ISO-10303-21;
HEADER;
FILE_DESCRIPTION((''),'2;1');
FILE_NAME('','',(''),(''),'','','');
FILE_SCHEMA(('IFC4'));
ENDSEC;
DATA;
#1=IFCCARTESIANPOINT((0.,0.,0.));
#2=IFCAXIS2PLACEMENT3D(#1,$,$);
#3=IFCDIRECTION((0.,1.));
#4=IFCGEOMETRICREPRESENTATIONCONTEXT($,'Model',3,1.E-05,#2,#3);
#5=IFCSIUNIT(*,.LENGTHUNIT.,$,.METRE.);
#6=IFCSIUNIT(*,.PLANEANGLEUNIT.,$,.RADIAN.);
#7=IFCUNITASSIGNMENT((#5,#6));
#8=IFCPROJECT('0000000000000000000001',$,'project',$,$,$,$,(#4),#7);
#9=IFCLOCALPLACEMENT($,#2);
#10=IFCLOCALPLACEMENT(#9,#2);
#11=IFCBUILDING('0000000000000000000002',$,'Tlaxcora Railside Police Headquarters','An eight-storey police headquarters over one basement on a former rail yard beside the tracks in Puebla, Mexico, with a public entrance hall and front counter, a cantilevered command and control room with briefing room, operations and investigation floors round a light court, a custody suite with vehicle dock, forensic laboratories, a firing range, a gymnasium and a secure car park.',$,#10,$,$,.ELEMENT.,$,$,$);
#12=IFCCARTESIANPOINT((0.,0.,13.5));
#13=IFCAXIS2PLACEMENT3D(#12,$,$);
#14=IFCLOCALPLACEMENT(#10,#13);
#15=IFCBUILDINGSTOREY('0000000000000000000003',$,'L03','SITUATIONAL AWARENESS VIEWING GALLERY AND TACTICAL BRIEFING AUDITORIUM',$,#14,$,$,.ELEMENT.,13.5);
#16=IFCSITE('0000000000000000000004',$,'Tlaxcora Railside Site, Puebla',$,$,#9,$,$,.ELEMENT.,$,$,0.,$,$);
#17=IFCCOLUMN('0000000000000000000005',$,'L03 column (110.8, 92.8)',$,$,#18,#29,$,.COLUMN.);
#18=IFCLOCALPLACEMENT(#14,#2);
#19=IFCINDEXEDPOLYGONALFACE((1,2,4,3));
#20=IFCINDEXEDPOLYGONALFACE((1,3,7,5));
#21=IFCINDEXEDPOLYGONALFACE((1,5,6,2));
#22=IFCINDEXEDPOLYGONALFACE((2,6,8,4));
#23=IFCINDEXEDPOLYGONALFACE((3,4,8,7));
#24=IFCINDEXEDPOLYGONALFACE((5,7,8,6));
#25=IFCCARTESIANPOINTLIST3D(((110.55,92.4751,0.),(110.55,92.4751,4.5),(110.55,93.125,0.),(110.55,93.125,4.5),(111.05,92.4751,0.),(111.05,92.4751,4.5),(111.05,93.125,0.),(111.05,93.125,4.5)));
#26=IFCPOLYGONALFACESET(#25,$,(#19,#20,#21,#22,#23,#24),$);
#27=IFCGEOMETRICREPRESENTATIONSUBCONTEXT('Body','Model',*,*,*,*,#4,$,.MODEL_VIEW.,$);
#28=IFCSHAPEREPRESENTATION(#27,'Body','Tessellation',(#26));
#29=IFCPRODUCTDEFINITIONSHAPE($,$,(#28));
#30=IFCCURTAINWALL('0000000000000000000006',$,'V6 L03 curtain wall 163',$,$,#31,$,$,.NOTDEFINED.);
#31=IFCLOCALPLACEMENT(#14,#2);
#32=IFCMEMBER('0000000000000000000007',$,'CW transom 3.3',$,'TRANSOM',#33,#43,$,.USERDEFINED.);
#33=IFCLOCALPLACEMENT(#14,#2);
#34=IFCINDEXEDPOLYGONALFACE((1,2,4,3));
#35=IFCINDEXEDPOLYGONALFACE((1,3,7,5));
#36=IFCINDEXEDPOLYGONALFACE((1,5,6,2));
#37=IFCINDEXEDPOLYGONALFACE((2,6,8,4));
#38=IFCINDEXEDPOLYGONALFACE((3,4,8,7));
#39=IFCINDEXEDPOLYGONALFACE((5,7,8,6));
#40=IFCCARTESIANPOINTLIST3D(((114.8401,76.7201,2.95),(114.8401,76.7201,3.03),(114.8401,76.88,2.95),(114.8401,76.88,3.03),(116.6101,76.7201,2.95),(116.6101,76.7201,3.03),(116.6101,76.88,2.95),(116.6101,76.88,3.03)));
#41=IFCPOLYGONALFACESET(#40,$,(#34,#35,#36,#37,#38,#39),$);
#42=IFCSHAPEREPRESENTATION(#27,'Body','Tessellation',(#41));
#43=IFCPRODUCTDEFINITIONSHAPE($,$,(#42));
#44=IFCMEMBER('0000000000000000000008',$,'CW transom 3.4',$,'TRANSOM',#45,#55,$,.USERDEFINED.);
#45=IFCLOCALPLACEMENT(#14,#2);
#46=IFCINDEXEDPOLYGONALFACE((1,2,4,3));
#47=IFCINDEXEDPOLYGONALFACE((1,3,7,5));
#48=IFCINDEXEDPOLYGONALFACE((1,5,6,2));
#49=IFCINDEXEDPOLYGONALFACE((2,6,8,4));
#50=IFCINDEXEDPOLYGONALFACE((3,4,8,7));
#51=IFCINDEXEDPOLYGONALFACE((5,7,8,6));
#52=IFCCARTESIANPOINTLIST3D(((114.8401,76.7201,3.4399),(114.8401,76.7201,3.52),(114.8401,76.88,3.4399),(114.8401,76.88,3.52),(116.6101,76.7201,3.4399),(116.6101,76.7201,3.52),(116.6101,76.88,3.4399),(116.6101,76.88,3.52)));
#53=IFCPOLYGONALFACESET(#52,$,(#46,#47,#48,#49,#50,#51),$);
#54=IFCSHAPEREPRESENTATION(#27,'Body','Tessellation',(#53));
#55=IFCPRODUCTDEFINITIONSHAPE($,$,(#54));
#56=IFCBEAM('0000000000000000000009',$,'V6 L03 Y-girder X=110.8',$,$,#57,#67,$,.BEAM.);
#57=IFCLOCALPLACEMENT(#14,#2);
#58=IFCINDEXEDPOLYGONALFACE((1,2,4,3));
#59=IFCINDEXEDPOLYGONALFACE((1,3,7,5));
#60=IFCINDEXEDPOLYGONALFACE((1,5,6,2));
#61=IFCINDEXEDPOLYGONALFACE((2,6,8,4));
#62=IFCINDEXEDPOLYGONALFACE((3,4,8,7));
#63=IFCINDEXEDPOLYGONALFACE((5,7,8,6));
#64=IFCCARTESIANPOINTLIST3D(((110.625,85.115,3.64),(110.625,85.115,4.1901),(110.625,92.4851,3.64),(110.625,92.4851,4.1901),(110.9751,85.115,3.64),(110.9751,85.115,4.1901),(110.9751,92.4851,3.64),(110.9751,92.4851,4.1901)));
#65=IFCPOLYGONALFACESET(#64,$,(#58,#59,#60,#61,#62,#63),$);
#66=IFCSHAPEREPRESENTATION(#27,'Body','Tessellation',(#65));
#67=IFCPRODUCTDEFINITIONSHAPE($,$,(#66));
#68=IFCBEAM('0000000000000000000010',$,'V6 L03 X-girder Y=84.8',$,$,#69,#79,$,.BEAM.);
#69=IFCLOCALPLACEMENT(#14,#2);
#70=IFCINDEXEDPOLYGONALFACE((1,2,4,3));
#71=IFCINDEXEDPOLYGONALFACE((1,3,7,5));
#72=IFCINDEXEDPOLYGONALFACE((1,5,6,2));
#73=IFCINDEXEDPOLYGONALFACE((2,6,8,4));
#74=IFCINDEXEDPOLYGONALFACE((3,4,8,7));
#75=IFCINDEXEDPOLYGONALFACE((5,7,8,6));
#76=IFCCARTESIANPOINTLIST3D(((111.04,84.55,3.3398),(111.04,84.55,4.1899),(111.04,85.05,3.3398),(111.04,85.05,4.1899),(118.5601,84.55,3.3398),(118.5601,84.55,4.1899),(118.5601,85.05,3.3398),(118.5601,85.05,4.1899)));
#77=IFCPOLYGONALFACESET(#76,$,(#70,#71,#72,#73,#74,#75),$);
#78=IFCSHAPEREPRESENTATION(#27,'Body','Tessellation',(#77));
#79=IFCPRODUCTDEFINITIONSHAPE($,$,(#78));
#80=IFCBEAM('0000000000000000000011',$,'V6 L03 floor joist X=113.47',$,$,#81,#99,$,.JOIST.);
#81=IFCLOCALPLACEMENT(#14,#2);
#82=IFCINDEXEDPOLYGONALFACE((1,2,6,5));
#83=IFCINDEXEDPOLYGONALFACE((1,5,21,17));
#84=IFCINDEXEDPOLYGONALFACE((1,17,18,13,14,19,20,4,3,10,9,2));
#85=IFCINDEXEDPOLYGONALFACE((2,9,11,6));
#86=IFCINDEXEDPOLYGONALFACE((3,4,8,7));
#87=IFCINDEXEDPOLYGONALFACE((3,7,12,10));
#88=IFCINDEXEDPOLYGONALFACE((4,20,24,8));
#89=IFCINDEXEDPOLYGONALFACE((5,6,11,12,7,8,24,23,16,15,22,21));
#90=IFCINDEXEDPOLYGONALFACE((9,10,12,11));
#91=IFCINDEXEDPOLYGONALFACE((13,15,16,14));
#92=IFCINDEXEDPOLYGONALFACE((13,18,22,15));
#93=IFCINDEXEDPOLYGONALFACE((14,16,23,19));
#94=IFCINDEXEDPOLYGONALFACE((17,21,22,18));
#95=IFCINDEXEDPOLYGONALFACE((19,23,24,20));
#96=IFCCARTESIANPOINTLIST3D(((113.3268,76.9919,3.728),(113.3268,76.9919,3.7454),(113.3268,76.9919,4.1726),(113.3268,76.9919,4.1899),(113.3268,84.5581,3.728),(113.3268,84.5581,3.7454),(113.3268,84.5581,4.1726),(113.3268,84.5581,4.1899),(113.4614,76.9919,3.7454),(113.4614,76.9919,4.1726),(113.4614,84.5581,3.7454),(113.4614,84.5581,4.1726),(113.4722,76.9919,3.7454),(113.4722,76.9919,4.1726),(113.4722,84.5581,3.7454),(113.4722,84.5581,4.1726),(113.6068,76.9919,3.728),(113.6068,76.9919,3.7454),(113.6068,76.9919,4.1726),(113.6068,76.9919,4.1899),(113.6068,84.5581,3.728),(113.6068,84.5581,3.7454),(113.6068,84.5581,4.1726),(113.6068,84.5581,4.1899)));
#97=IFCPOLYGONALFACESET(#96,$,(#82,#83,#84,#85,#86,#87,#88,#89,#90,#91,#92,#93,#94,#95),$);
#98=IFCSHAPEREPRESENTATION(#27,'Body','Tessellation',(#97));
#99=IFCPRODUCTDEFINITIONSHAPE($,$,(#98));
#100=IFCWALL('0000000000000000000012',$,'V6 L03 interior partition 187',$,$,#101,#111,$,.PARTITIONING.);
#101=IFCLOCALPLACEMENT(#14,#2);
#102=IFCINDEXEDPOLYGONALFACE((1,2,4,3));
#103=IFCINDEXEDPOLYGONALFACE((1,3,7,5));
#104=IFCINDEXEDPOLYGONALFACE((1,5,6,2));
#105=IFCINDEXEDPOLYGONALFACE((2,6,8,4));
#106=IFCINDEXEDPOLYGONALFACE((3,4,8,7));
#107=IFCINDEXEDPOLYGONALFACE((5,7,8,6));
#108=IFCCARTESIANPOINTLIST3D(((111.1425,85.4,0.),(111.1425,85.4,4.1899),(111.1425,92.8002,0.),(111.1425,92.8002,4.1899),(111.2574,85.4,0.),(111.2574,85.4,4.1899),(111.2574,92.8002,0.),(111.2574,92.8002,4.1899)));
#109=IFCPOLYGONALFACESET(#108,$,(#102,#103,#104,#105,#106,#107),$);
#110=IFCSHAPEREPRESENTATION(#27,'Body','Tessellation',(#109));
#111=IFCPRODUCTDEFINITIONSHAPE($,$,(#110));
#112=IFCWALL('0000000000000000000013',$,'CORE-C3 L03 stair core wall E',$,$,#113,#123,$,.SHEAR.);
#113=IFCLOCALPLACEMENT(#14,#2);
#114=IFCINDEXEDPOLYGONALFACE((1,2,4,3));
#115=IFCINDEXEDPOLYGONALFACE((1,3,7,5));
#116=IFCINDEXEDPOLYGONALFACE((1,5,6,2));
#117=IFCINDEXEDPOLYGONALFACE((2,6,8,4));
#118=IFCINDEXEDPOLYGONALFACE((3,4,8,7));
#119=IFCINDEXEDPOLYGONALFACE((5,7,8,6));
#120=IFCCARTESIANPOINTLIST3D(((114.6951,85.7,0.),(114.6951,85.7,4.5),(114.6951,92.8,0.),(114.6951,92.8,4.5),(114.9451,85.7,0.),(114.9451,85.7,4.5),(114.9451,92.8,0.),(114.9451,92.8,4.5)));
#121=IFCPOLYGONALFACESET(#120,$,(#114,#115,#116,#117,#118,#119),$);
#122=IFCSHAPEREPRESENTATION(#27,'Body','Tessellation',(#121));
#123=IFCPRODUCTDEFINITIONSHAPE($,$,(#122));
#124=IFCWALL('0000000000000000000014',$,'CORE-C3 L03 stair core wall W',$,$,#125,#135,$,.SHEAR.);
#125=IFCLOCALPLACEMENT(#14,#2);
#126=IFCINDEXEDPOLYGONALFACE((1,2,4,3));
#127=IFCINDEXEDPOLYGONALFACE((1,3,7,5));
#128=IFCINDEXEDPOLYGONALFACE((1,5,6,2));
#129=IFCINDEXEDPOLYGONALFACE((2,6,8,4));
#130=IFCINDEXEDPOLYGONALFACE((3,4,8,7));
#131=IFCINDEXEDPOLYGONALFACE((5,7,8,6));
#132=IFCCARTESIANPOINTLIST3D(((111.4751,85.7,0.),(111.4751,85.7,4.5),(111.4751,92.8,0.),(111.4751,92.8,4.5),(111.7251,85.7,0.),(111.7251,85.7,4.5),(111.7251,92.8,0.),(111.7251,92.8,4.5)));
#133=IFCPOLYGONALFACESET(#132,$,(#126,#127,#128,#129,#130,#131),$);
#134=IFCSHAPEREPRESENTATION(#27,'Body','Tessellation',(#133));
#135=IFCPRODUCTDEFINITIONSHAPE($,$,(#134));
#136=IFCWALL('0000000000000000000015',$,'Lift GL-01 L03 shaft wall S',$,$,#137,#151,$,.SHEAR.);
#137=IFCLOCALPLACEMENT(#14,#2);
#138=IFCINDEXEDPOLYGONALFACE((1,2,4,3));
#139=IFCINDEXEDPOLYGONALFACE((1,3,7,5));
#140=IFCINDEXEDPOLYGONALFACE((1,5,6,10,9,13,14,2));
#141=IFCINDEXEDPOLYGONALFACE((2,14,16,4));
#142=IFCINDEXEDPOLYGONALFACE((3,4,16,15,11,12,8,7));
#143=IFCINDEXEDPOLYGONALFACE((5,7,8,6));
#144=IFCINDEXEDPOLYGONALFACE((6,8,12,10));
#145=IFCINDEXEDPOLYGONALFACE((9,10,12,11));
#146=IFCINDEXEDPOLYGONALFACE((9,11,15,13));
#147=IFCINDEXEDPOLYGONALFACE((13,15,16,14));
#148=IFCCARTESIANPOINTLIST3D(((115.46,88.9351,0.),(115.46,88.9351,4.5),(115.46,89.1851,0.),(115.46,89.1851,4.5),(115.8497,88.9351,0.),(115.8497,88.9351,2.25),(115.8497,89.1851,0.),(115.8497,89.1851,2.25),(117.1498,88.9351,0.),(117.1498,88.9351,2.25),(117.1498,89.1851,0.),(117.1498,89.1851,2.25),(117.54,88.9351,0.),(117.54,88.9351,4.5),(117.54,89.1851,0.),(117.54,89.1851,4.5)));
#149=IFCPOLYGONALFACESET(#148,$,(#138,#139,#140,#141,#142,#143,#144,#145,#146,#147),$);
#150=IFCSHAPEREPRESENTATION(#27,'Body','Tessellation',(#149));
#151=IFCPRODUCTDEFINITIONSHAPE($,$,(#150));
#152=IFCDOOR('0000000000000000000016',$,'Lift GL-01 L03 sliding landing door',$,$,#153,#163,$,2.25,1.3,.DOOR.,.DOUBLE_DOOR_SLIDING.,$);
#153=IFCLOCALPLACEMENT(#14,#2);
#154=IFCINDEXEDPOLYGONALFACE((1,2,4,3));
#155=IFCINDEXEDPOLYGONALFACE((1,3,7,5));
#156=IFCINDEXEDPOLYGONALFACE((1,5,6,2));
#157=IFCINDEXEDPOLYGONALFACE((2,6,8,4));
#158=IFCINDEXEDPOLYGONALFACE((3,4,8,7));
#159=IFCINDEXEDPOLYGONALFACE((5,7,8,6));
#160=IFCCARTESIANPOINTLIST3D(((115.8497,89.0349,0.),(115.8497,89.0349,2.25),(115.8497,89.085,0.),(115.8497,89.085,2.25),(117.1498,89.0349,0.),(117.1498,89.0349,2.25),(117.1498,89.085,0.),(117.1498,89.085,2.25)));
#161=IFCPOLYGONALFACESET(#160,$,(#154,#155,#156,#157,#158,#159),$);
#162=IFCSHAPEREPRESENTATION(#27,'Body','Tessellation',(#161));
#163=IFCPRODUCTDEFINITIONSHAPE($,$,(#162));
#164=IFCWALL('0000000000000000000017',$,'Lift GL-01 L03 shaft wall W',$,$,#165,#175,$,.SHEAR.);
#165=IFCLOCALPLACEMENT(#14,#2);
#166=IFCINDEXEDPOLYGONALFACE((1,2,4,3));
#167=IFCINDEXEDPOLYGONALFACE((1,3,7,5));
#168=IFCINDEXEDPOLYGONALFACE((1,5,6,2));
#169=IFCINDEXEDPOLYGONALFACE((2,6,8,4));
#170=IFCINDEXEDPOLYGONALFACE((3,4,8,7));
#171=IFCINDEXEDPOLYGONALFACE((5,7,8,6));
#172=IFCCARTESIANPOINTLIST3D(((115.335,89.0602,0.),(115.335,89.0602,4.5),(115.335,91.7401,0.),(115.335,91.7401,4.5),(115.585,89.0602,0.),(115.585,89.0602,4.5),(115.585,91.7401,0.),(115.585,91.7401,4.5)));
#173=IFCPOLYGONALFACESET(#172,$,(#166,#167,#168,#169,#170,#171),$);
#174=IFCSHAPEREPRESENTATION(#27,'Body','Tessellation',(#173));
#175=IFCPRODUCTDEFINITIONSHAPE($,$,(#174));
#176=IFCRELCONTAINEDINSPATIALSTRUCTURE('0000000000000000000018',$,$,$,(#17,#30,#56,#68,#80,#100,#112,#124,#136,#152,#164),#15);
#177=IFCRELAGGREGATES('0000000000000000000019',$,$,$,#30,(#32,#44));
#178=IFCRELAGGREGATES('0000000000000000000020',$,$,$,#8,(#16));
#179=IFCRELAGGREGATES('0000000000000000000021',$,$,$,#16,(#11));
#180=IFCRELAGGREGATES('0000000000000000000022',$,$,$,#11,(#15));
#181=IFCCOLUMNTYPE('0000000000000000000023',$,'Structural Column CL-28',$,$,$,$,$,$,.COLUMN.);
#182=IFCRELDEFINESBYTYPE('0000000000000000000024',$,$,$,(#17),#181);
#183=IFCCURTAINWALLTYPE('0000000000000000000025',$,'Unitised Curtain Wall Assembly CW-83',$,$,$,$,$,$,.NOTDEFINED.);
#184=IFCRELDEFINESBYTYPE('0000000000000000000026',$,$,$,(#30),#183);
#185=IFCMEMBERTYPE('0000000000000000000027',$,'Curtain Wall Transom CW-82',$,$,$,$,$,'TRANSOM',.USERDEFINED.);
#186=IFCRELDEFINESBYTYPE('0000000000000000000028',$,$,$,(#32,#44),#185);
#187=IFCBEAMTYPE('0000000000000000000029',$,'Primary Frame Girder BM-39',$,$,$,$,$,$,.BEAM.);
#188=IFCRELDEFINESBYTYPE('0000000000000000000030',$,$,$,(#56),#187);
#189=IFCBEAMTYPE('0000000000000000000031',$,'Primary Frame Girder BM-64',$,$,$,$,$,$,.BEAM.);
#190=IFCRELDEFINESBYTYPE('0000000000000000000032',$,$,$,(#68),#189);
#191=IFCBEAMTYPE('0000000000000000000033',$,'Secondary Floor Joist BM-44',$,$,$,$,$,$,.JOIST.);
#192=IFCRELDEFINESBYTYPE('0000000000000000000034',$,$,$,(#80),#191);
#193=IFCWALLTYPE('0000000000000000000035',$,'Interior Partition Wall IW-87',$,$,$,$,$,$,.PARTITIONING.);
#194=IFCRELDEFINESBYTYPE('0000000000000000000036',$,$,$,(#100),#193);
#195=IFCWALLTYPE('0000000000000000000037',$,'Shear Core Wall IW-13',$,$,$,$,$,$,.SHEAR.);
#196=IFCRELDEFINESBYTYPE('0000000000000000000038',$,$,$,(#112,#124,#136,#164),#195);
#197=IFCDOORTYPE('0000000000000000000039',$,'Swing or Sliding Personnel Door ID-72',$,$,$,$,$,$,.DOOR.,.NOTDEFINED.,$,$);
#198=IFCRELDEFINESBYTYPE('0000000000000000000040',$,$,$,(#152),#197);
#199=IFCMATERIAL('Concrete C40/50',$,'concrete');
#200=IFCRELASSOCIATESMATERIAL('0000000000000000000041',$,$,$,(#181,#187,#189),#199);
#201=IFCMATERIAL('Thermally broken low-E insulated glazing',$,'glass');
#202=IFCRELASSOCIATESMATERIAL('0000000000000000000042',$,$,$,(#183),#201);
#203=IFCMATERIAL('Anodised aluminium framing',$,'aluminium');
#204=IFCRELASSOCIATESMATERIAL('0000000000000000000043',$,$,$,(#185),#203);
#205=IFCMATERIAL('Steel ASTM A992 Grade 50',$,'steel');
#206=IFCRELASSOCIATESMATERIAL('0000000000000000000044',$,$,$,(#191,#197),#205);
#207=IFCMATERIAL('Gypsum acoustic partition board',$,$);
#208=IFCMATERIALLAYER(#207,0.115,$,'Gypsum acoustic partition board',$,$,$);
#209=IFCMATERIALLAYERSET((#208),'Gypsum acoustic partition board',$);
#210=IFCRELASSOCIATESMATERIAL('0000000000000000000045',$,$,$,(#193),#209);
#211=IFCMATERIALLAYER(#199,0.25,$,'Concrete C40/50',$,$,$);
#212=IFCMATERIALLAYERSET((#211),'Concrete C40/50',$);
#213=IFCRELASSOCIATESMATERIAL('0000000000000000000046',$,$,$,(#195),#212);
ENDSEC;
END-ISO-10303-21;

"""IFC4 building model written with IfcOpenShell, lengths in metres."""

from ifc_helpers import new_model, si_unit, direction, frame, frame_2d, origin, origin_2d, place, context, subcontext, project, spatial, rectangle, i_section, extrude, material, layer, layer_set, material_profile, profile_set, type_object, element, fill, aggregate, save


model = new_model("IFC4")

# Units and contexts
model_context = context("Model", 3, precision=1e-05, world=origin(), true_north=direction((0.0, 1.0)))
body_context = subcontext(model_context, "Body", "Model", "MODEL_VIEW")
ifc_project = project(units=[si_unit("LENGTHUNIT", "METRE"), si_unit("PLANEANGLEUNIT", "RADIAN")], contexts=[model_context])

# Site, building, storey
site_placement = place(None, origin())
site = spatial("IfcSite", under=ifc_project, at=site_placement, Name="Tlaxcora Railside Site, Puebla", CompositionType="ELEMENT", RefElevation=0.0)
building_placement = place(site_placement, origin())
building = spatial("IfcBuilding", under=site, at=building_placement, Name="Tlaxcora Railside Police Headquarters", Description="An eight-storey police headquarters over one basement on a former rail yard beside the tracks in Puebla, Mexico, with a public entrance hall and front counter, a cantilevered command and control room with briefing room, operations and investigation floors round a light court, a custody suite with vehicle dock, forensic laboratories, a firing range, a gymnasium and a secure car park.", CompositionType="ELEMENT")
storey_placement = place(building_placement, frame((0.0, 0.0, 13.5)))
storey = spatial("IfcBuildingStorey", under=building, at=storey_placement, Name="L03", Description="SITUATIONAL AWARENESS VIEWING GALLERY AND TACTICAL BRIEFING AUDITORIUM", CompositionType="ELEMENT", Elevation=13.5)

# Column
ifc_material_1 = material(Name="Concrete C40/50", Category="concrete")
ifc_material_profile_1 = material_profile(ifc_material_1, rectangle(XDim=0.5, YDim=0.6499, at=origin_2d()), Name="RC500X650")
ifc_profile_set_1 = profile_set([ifc_material_profile_1], Name="Concrete C40/50")
column_type = type_object("IfcColumnType", Name="Structural Column CL-28", PredefinedType="COLUMN", material=ifc_profile_set_1)
column_placement = place(storey_placement, frame((110.8, 92.8, 0.0), z_axis=(0.0, 0.0, 1.0), x_axis=(1.0, 0.0, 0.0)))
element("IfcColumn", 1, at=column_placement, inside=storey, type_object=column_type, Name="L03 column (110.8, 92.8)", PredefinedType="COLUMN", context=body_context, shape_type="SweptSolid", body=[
    extrude(rectangle(XDim=0.5, YDim=0.6499, at=origin_2d()), origin(), (0.0, 0.0, 1.0), 4.5),
])

# Curtain wall, members
ifc_material_2 = material(Name="Thermally broken low-E insulated glazing", Category="glass")
curtain_wall_type = type_object("IfcCurtainWallType", Name="Unitised Curtain Wall Assembly CW-83", PredefinedType="NOTDEFINED", material=ifc_material_2)
curtain_wall_placement = place(storey_placement, origin())
curtain_wall = element("IfcCurtainWall", 2, at=curtain_wall_placement, inside=storey, type_object=curtain_wall_type, Name="V6 L03 curtain wall 163", PredefinedType="NOTDEFINED")
ifc_material_3 = material(Name="Anodised aluminium framing", Category="aluminium")
ifc_material_profile_2 = material_profile(ifc_material_3, rectangle(XDim=0.1599, YDim=0.0801, at=origin_2d()), Name="AL80X160")
ifc_profile_set_2 = profile_set([ifc_material_profile_2], Name="Anodised aluminium framing")
member_type = type_object("IfcMemberType", Name="Curtain Wall Transom CW-82", ElementType="TRANSOM", PredefinedType="USERDEFINED", material=ifc_profile_set_2)
member_1_placement = place(storey_placement, frame((114.8401, 76.8, 2.99), z_axis=(1.0, 0.0, 0.0), x_axis=(0.0, 1.0, 0.0)))
member_1 = element("IfcMember", 3, at=member_1_placement, type_object=member_type, Name="CW transom 3.3", ObjectType="TRANSOM", PredefinedType="USERDEFINED", context=body_context, shape_type="SweptSolid", body=[
    extrude(rectangle(XDim=0.1599, YDim=0.0801, at=origin_2d()), origin(), (0.0, 0.0, 1.0), 1.77),
])
member_2_placement = place(storey_placement, frame((114.8401, 76.8, 3.48), z_axis=(1.0, 0.0, 0.0), x_axis=(0.0, 1.0, 0.0)))
member_2 = element("IfcMember", 4, at=member_2_placement, type_object=member_type, Name="CW transom 3.4", ObjectType="TRANSOM", PredefinedType="USERDEFINED", context=body_context, shape_type="SweptSolid", body=[
    extrude(rectangle(XDim=0.1599, YDim=0.0801, at=origin_2d()), origin(), (0.0, 0.0, 1.0), 1.77),
])
aggregate(curtain_wall, [member_1, member_2])

# Beams
ifc_material_profile_3 = material_profile(ifc_material_1, rectangle(XDim=0.3501, YDim=0.55, at=origin_2d()), Name="RC350X550")
ifc_profile_set_3 = profile_set([ifc_material_profile_3], Name="Concrete C40/50")
beam_type_1 = type_object("IfcBeamType", Name="Primary Frame Girder BM-39", PredefinedType="BEAM", material=ifc_profile_set_3)
beam_1_placement = place(storey_placement, frame((110.8, 85.115, 3.915), z_axis=(0.0, 1.0, 0.0), x_axis=(-1.0, 0.0, 0.0)))
element("IfcBeam", 5, at=beam_1_placement, inside=storey, type_object=beam_type_1, Name="V6 L03 Y-girder X=110.8", PredefinedType="BEAM", context=body_context, shape_type="SweptSolid", body=[
    extrude(rectangle(XDim=0.3501, YDim=0.55, at=origin_2d()), origin(), (0.0, 0.0, 1.0), 7.3701),
])
ifc_material_profile_4 = material_profile(ifc_material_1, rectangle(XDim=0.5, YDim=0.8501, at=origin_2d()), Name="RC500X850")
ifc_profile_set_4 = profile_set([ifc_material_profile_4], Name="Concrete C40/50")
beam_type_2 = type_object("IfcBeamType", Name="Primary Frame Girder BM-64", PredefinedType="BEAM", material=ifc_profile_set_4)
beam_2_placement = place(storey_placement, frame((111.04, 84.8, 3.7649), z_axis=(1.0, 0.0, 0.0), x_axis=(0.0, 1.0, 0.0)))
element("IfcBeam", 6, at=beam_2_placement, inside=storey, type_object=beam_type_2, Name="V6 L03 X-girder Y=84.8", PredefinedType="BEAM", context=body_context, shape_type="SweptSolid", body=[
    extrude(rectangle(XDim=0.5, YDim=0.8501, at=origin_2d()), origin(), (0.0, 0.0, 1.0), 7.52),
])
ifc_material_4 = material(Name="Steel ASTM A992 Grade 50", Category="steel")
ifc_material_profile_5 = material_profile(ifc_material_4, i_section(OverallWidth=0.28, OverallDepth=0.4619, WebThickness=0.0107, FlangeThickness=0.0173, at=origin_2d()), Name="W18X76")
ifc_profile_set_5 = profile_set([ifc_material_profile_5], Name="Steel ASTM A992 Grade 50")
beam_type_3 = type_object("IfcBeamType", Name="Secondary Floor Joist BM-44", PredefinedType="JOIST", material=ifc_profile_set_5)
beam_3_placement = place(storey_placement, frame((113.4668, 76.9919, 3.959), z_axis=(0.0, 1.0, 0.0), x_axis=(-1.0, 0.0, 0.0)))
element("IfcBeam", 7, at=beam_3_placement, inside=storey, type_object=beam_type_3, Name="V6 L03 floor joist X=113.47", PredefinedType="JOIST", context=body_context, shape_type="SweptSolid", body=[
    extrude(i_section(OverallWidth=0.28, OverallDepth=0.4619, WebThickness=0.0107, FlangeThickness=0.0173, at=origin_2d()), origin(), (0.0, 0.0, 1.0), 7.5662),
])

# Wall
ifc_material_5 = material(Name="Gypsum acoustic partition board")
ifc_layer_1 = layer(ifc_material_5, 0.115, Name="Gypsum acoustic partition board")
ifc_layer_set_1 = layer_set([ifc_layer_1], Name="Gypsum acoustic partition board")
wall_type_1 = type_object("IfcWallType", Name="Interior Partition Wall IW-87", PredefinedType="PARTITIONING", material=ifc_layer_set_1)
wall_1_placement = place(storey_placement, frame((111.2, 85.3999, 0.0), z_axis=(0.0, 0.0, 1.0), x_axis=(0.0, 1.0, 0.0)))
element("IfcWall", 8, at=wall_1_placement, inside=storey, type_object=wall_type_1, Name="V6 L03 interior partition 187", PredefinedType="PARTITIONING", context=body_context, shape_type="SweptSolid", body=[
    extrude(rectangle(XDim=7.4001, YDim=0.115, at=frame_2d((3.7002, 0.0))), origin(), (0.0, 0.0, 1.0), 4.1899),
])

# Shared definitions
ifc_layer_2 = layer(ifc_material_1, 0.25, Name="Concrete C40/50")
ifc_layer_set_2 = layer_set([ifc_layer_2], Name="Concrete C40/50")
wall_type_2 = type_object("IfcWallType", Name="Shear Core Wall IW-13", PredefinedType="SHEAR", material=ifc_layer_set_2)

# Walls
for number, where, z_axis, x_axis, name in (
    (9, (114.8201, 85.7, 0.0), (0.0, 0.0, 1.0), (0.0, 1.0, 0.0), "CORE-C3 L03 stair core wall E"),
    (10, (111.6001, 92.8, 0.0), (0.0, 0.0, 1.0), (0.0, -1.0, 0.0), "CORE-C3 L03 stair core wall W"),
):
    element("IfcWall", number, at=place(storey_placement, frame(where, z_axis=z_axis, x_axis=x_axis)), inside=storey, type_object=wall_type_2, Name=name, PredefinedType="SHEAR", context=body_context, shape_type="SweptSolid", body=[
        extrude(rectangle(XDim=7.1001, YDim=0.25, at=frame_2d((3.55, 0.0))), origin(), (0.0, 0.0, 1.0), 4.5),
    ])

# Wall, opening, door
wall_2_placement = place(storey_placement, frame((115.46, 89.0601, 0.0), z_axis=(0.0, 0.0, 1.0), x_axis=(1.0, 0.0, 0.0)))
wall_2 = element("IfcWall", 11, at=wall_2_placement, inside=storey, type_object=wall_type_2, Name="Lift GL-01 L03 shaft wall S", PredefinedType="SHEAR", context=body_context, shape_type="SweptSolid", body=[
    extrude(rectangle(XDim=2.0801, YDim=0.25, at=frame_2d((1.04, 0.0))), origin(), (0.0, 0.0, 1.0), 4.5),
])
opening_1_placement = place(wall_2_placement, frame((0.3899, 0.0, 0.0)))
opening_1 = element("IfcOpeningElement", 12, at=opening_1_placement, cuts=wall_2, PredefinedType="OPENING", context=body_context, shape_type="SweptSolid", body=[
    extrude(rectangle(XDim=1.3, YDim=2.25, at=frame_2d((0.6499, 1.125))), frame((0.0, 0.135, 0.0), z_axis=(0.0, -1.0, 0.0), x_axis=(1.0, 0.0, 0.0)), (0.0, 0.0, 1.0), 0.27),
])
door_type_1 = type_object("IfcDoorType", Name="Swing or Sliding Personnel Door ID-72", OperationType="NOTDEFINED", PredefinedType="DOOR", material=ifc_material_4)
door_1_placement = place(opening_1_placement, origin())
door_1 = element("IfcDoor", 13, at=door_1_placement, inside=storey, type_object=door_type_1, Name="Lift GL-01 L03 sliding landing door", OperationType="DOUBLE_DOOR_SLIDING", OverallHeight=2.25, OverallWidth=1.3, PredefinedType="DOOR", context=body_context, shape_type="SweptSolid", body=[
    extrude(rectangle(XDim=1.3, YDim=2.25, at=frame_2d((0.6499, 1.125))), frame((0.0, 0.0249, 0.0), z_axis=(0.0, -1.0, 0.0), x_axis=(1.0, 0.0, 0.0)), (0.0, 0.0, 1.0), 0.05),
])
fill(opening_1, door_1)

# Wall
wall_3_placement = place(storey_placement, frame((115.46, 91.74, 0.0), z_axis=(0.0, 0.0, 1.0), x_axis=(0.0, -1.0, 0.0)))
element("IfcWall", 14, at=wall_3_placement, inside=storey, type_object=wall_type_2, Name="Lift GL-01 L03 shaft wall W", PredefinedType="SHEAR", context=body_context, shape_type="SweptSolid", body=[
    extrude(rectangle(XDim=2.6799, YDim=0.25, at=frame_2d((1.3398, 0.0))), origin(), (0.0, 0.0, 1.0), 4.5),
])

save(model, "model.ifc")
